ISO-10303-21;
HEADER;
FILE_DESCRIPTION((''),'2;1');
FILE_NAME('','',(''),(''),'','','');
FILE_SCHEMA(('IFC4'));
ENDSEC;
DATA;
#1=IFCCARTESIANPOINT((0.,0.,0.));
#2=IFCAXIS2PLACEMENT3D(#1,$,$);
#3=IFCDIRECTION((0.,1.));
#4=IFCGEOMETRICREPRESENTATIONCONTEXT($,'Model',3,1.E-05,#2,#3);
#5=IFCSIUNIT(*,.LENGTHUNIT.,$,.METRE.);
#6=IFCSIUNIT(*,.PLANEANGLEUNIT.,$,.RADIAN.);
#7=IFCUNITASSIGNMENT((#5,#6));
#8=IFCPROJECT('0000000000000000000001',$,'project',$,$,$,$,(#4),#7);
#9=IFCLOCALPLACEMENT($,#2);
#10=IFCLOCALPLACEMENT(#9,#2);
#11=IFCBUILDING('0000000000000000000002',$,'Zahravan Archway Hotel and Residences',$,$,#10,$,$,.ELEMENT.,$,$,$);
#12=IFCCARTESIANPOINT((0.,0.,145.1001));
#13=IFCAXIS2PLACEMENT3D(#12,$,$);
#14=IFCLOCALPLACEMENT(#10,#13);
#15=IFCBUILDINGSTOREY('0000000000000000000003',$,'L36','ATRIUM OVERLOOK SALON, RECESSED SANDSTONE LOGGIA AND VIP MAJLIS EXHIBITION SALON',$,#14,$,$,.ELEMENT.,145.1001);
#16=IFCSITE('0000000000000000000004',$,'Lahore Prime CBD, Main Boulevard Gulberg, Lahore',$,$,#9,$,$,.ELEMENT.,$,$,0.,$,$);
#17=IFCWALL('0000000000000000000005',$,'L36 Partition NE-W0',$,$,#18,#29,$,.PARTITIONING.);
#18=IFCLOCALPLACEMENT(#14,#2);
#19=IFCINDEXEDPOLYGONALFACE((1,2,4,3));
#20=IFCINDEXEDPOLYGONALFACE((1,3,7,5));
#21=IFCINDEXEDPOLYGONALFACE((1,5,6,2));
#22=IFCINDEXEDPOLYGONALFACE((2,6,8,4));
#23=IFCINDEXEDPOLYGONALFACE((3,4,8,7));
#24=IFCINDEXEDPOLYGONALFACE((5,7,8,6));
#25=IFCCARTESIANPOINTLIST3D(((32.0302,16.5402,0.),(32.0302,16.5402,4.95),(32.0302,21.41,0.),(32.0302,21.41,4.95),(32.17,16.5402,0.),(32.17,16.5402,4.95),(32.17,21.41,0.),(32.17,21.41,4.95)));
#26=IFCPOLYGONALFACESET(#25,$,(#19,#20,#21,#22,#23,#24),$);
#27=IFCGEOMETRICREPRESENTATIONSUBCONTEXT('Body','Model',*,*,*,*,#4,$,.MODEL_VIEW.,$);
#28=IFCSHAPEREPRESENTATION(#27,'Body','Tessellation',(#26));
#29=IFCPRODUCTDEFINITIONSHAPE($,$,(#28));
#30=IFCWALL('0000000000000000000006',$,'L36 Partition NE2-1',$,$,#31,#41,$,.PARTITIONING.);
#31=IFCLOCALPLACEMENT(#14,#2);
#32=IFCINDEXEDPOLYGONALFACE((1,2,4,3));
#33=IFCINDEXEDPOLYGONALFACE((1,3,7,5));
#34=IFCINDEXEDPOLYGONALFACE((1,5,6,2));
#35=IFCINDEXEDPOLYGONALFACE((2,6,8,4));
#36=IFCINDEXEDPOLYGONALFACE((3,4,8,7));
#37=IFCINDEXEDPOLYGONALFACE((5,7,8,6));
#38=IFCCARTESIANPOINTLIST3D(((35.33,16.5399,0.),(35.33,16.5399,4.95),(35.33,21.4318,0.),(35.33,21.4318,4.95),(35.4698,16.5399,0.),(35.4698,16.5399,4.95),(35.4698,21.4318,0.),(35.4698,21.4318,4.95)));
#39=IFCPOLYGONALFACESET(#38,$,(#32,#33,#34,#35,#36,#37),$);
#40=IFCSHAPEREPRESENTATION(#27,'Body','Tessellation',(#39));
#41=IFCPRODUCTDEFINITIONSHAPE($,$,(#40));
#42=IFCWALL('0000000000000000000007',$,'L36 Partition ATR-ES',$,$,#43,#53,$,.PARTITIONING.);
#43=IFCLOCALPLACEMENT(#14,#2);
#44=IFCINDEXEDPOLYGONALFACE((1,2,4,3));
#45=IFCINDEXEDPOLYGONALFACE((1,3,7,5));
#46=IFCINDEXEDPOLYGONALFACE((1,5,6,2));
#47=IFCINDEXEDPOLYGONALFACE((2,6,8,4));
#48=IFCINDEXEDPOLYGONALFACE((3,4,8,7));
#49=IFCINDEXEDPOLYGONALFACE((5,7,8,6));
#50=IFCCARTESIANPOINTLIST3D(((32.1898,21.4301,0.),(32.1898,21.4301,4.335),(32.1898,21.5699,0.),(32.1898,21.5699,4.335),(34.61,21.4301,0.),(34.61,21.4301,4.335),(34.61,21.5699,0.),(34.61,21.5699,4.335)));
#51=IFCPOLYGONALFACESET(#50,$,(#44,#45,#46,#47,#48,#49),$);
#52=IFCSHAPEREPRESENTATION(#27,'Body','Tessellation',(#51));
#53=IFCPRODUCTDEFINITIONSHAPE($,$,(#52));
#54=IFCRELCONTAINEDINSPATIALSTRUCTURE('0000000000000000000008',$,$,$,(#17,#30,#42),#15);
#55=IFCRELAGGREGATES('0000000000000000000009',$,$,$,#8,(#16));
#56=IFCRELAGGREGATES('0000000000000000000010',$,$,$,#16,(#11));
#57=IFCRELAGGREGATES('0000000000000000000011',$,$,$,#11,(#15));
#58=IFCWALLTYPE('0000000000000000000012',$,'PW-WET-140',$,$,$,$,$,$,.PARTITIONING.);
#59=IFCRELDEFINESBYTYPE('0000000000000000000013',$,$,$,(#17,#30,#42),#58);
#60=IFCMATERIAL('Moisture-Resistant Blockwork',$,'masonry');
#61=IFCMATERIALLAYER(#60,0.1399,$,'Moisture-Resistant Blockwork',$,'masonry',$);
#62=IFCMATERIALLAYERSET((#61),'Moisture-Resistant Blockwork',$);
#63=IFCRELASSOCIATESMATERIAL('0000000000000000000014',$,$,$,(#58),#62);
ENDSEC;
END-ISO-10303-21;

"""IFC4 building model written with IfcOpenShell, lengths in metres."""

from ifc_helpers import new_model, si_unit, direction, frame, frame_2d, origin, place, context, subcontext, project, spatial, rectangle, extrude, material, layer, layer_set, type_object, element, save


model = new_model("IFC4")

# Units and contexts
model_context = context("Model", 3, precision=1e-05, world=origin(), true_north=direction((0.0, 1.0)))
body_context = subcontext(model_context, "Body", "Model", "MODEL_VIEW")
ifc_project = project(units=[si_unit("LENGTHUNIT", "METRE"), si_unit("PLANEANGLEUNIT", "RADIAN")], contexts=[model_context])

# Site, building, storey
site_placement = place(None, origin())
site = spatial("IfcSite", under=ifc_project, at=site_placement, Name="Lahore Prime CBD, Main Boulevard Gulberg, Lahore", CompositionType="ELEMENT", RefElevation=0.0)
building_placement = place(site_placement, origin())
building = spatial("IfcBuilding", under=site, at=building_placement, Name="Zahravan Archway Hotel and Residences", CompositionType="ELEMENT")
storey_placement = place(building_placement, frame((0.0, 0.0, 145.1001)))
storey = spatial("IfcBuildingStorey", under=building, at=storey_placement, Name="L36", Description="ATRIUM OVERLOOK SALON, RECESSED SANDSTONE LOGGIA AND VIP MAJLIS EXHIBITION SALON", CompositionType="ELEMENT", Elevation=145.1001)

# Walls
ifc_material_1 = material(Name="Moisture-Resistant Blockwork", Category="masonry")
ifc_layer_1 = layer(ifc_material_1, 0.1399, Name="Moisture-Resistant Blockwork", Category="masonry")
ifc_layer_set_1 = layer_set([ifc_layer_1], Name="Moisture-Resistant Blockwork")
wall_type_1 = type_object("IfcWallType", Name="PW-WET-140", PredefinedType="PARTITIONING", material=ifc_layer_set_1)
wall_1_placement = place(storey_placement, frame((32.1001, 16.54, 0.0), z_axis=(0.0, 0.0, 1.0), x_axis=(0.0, 1.0, 0.0)))
element("IfcWall", 1, at=wall_1_placement, inside=storey, type_object=wall_type_1, Name="L36 Partition NE-W0", PredefinedType="PARTITIONING", context=body_context, shape_type="SweptSolid", body=[
    extrude(rectangle(XDim=4.8699, YDim=0.1399, at=frame_2d((2.4351, 0.0))), origin(), (0.0, 0.0, 1.0), 4.95),
])
wall_2_placement = place(storey_placement, frame((35.3999, 16.54, 0.0), z_axis=(0.0, 0.0, 1.0), x_axis=(0.0, 1.0, 0.0)))
element("IfcWall", 2, at=wall_2_placement, inside=storey, type_object=wall_type_1, Name="L36 Partition NE2-1", PredefinedType="PARTITIONING", context=body_context, shape_type="SweptSolid", body=[
    extrude(rectangle(XDim=4.8918, YDim=0.1399, at=frame_2d((2.4458, 0.0))), origin(), (0.0, 0.0, 1.0), 4.95),
])
wall_3_placement = place(storey_placement, frame((32.1899, 21.5, 0.0), z_axis=(0.0, 0.0, 1.0), x_axis=(1.0, 0.0, 0.0)))
element("IfcWall", 3, at=wall_3_placement, inside=storey, type_object=wall_type_1, Name="L36 Partition ATR-ES", PredefinedType="PARTITIONING", context=body_context, shape_type="SweptSolid", body=[
    extrude(rectangle(XDim=2.4202, YDim=0.1399, at=frame_2d((1.21, 0.0))), origin(), (0.0, 0.0, 1.0), 4.335),
])

save(model, "model.ifc")
